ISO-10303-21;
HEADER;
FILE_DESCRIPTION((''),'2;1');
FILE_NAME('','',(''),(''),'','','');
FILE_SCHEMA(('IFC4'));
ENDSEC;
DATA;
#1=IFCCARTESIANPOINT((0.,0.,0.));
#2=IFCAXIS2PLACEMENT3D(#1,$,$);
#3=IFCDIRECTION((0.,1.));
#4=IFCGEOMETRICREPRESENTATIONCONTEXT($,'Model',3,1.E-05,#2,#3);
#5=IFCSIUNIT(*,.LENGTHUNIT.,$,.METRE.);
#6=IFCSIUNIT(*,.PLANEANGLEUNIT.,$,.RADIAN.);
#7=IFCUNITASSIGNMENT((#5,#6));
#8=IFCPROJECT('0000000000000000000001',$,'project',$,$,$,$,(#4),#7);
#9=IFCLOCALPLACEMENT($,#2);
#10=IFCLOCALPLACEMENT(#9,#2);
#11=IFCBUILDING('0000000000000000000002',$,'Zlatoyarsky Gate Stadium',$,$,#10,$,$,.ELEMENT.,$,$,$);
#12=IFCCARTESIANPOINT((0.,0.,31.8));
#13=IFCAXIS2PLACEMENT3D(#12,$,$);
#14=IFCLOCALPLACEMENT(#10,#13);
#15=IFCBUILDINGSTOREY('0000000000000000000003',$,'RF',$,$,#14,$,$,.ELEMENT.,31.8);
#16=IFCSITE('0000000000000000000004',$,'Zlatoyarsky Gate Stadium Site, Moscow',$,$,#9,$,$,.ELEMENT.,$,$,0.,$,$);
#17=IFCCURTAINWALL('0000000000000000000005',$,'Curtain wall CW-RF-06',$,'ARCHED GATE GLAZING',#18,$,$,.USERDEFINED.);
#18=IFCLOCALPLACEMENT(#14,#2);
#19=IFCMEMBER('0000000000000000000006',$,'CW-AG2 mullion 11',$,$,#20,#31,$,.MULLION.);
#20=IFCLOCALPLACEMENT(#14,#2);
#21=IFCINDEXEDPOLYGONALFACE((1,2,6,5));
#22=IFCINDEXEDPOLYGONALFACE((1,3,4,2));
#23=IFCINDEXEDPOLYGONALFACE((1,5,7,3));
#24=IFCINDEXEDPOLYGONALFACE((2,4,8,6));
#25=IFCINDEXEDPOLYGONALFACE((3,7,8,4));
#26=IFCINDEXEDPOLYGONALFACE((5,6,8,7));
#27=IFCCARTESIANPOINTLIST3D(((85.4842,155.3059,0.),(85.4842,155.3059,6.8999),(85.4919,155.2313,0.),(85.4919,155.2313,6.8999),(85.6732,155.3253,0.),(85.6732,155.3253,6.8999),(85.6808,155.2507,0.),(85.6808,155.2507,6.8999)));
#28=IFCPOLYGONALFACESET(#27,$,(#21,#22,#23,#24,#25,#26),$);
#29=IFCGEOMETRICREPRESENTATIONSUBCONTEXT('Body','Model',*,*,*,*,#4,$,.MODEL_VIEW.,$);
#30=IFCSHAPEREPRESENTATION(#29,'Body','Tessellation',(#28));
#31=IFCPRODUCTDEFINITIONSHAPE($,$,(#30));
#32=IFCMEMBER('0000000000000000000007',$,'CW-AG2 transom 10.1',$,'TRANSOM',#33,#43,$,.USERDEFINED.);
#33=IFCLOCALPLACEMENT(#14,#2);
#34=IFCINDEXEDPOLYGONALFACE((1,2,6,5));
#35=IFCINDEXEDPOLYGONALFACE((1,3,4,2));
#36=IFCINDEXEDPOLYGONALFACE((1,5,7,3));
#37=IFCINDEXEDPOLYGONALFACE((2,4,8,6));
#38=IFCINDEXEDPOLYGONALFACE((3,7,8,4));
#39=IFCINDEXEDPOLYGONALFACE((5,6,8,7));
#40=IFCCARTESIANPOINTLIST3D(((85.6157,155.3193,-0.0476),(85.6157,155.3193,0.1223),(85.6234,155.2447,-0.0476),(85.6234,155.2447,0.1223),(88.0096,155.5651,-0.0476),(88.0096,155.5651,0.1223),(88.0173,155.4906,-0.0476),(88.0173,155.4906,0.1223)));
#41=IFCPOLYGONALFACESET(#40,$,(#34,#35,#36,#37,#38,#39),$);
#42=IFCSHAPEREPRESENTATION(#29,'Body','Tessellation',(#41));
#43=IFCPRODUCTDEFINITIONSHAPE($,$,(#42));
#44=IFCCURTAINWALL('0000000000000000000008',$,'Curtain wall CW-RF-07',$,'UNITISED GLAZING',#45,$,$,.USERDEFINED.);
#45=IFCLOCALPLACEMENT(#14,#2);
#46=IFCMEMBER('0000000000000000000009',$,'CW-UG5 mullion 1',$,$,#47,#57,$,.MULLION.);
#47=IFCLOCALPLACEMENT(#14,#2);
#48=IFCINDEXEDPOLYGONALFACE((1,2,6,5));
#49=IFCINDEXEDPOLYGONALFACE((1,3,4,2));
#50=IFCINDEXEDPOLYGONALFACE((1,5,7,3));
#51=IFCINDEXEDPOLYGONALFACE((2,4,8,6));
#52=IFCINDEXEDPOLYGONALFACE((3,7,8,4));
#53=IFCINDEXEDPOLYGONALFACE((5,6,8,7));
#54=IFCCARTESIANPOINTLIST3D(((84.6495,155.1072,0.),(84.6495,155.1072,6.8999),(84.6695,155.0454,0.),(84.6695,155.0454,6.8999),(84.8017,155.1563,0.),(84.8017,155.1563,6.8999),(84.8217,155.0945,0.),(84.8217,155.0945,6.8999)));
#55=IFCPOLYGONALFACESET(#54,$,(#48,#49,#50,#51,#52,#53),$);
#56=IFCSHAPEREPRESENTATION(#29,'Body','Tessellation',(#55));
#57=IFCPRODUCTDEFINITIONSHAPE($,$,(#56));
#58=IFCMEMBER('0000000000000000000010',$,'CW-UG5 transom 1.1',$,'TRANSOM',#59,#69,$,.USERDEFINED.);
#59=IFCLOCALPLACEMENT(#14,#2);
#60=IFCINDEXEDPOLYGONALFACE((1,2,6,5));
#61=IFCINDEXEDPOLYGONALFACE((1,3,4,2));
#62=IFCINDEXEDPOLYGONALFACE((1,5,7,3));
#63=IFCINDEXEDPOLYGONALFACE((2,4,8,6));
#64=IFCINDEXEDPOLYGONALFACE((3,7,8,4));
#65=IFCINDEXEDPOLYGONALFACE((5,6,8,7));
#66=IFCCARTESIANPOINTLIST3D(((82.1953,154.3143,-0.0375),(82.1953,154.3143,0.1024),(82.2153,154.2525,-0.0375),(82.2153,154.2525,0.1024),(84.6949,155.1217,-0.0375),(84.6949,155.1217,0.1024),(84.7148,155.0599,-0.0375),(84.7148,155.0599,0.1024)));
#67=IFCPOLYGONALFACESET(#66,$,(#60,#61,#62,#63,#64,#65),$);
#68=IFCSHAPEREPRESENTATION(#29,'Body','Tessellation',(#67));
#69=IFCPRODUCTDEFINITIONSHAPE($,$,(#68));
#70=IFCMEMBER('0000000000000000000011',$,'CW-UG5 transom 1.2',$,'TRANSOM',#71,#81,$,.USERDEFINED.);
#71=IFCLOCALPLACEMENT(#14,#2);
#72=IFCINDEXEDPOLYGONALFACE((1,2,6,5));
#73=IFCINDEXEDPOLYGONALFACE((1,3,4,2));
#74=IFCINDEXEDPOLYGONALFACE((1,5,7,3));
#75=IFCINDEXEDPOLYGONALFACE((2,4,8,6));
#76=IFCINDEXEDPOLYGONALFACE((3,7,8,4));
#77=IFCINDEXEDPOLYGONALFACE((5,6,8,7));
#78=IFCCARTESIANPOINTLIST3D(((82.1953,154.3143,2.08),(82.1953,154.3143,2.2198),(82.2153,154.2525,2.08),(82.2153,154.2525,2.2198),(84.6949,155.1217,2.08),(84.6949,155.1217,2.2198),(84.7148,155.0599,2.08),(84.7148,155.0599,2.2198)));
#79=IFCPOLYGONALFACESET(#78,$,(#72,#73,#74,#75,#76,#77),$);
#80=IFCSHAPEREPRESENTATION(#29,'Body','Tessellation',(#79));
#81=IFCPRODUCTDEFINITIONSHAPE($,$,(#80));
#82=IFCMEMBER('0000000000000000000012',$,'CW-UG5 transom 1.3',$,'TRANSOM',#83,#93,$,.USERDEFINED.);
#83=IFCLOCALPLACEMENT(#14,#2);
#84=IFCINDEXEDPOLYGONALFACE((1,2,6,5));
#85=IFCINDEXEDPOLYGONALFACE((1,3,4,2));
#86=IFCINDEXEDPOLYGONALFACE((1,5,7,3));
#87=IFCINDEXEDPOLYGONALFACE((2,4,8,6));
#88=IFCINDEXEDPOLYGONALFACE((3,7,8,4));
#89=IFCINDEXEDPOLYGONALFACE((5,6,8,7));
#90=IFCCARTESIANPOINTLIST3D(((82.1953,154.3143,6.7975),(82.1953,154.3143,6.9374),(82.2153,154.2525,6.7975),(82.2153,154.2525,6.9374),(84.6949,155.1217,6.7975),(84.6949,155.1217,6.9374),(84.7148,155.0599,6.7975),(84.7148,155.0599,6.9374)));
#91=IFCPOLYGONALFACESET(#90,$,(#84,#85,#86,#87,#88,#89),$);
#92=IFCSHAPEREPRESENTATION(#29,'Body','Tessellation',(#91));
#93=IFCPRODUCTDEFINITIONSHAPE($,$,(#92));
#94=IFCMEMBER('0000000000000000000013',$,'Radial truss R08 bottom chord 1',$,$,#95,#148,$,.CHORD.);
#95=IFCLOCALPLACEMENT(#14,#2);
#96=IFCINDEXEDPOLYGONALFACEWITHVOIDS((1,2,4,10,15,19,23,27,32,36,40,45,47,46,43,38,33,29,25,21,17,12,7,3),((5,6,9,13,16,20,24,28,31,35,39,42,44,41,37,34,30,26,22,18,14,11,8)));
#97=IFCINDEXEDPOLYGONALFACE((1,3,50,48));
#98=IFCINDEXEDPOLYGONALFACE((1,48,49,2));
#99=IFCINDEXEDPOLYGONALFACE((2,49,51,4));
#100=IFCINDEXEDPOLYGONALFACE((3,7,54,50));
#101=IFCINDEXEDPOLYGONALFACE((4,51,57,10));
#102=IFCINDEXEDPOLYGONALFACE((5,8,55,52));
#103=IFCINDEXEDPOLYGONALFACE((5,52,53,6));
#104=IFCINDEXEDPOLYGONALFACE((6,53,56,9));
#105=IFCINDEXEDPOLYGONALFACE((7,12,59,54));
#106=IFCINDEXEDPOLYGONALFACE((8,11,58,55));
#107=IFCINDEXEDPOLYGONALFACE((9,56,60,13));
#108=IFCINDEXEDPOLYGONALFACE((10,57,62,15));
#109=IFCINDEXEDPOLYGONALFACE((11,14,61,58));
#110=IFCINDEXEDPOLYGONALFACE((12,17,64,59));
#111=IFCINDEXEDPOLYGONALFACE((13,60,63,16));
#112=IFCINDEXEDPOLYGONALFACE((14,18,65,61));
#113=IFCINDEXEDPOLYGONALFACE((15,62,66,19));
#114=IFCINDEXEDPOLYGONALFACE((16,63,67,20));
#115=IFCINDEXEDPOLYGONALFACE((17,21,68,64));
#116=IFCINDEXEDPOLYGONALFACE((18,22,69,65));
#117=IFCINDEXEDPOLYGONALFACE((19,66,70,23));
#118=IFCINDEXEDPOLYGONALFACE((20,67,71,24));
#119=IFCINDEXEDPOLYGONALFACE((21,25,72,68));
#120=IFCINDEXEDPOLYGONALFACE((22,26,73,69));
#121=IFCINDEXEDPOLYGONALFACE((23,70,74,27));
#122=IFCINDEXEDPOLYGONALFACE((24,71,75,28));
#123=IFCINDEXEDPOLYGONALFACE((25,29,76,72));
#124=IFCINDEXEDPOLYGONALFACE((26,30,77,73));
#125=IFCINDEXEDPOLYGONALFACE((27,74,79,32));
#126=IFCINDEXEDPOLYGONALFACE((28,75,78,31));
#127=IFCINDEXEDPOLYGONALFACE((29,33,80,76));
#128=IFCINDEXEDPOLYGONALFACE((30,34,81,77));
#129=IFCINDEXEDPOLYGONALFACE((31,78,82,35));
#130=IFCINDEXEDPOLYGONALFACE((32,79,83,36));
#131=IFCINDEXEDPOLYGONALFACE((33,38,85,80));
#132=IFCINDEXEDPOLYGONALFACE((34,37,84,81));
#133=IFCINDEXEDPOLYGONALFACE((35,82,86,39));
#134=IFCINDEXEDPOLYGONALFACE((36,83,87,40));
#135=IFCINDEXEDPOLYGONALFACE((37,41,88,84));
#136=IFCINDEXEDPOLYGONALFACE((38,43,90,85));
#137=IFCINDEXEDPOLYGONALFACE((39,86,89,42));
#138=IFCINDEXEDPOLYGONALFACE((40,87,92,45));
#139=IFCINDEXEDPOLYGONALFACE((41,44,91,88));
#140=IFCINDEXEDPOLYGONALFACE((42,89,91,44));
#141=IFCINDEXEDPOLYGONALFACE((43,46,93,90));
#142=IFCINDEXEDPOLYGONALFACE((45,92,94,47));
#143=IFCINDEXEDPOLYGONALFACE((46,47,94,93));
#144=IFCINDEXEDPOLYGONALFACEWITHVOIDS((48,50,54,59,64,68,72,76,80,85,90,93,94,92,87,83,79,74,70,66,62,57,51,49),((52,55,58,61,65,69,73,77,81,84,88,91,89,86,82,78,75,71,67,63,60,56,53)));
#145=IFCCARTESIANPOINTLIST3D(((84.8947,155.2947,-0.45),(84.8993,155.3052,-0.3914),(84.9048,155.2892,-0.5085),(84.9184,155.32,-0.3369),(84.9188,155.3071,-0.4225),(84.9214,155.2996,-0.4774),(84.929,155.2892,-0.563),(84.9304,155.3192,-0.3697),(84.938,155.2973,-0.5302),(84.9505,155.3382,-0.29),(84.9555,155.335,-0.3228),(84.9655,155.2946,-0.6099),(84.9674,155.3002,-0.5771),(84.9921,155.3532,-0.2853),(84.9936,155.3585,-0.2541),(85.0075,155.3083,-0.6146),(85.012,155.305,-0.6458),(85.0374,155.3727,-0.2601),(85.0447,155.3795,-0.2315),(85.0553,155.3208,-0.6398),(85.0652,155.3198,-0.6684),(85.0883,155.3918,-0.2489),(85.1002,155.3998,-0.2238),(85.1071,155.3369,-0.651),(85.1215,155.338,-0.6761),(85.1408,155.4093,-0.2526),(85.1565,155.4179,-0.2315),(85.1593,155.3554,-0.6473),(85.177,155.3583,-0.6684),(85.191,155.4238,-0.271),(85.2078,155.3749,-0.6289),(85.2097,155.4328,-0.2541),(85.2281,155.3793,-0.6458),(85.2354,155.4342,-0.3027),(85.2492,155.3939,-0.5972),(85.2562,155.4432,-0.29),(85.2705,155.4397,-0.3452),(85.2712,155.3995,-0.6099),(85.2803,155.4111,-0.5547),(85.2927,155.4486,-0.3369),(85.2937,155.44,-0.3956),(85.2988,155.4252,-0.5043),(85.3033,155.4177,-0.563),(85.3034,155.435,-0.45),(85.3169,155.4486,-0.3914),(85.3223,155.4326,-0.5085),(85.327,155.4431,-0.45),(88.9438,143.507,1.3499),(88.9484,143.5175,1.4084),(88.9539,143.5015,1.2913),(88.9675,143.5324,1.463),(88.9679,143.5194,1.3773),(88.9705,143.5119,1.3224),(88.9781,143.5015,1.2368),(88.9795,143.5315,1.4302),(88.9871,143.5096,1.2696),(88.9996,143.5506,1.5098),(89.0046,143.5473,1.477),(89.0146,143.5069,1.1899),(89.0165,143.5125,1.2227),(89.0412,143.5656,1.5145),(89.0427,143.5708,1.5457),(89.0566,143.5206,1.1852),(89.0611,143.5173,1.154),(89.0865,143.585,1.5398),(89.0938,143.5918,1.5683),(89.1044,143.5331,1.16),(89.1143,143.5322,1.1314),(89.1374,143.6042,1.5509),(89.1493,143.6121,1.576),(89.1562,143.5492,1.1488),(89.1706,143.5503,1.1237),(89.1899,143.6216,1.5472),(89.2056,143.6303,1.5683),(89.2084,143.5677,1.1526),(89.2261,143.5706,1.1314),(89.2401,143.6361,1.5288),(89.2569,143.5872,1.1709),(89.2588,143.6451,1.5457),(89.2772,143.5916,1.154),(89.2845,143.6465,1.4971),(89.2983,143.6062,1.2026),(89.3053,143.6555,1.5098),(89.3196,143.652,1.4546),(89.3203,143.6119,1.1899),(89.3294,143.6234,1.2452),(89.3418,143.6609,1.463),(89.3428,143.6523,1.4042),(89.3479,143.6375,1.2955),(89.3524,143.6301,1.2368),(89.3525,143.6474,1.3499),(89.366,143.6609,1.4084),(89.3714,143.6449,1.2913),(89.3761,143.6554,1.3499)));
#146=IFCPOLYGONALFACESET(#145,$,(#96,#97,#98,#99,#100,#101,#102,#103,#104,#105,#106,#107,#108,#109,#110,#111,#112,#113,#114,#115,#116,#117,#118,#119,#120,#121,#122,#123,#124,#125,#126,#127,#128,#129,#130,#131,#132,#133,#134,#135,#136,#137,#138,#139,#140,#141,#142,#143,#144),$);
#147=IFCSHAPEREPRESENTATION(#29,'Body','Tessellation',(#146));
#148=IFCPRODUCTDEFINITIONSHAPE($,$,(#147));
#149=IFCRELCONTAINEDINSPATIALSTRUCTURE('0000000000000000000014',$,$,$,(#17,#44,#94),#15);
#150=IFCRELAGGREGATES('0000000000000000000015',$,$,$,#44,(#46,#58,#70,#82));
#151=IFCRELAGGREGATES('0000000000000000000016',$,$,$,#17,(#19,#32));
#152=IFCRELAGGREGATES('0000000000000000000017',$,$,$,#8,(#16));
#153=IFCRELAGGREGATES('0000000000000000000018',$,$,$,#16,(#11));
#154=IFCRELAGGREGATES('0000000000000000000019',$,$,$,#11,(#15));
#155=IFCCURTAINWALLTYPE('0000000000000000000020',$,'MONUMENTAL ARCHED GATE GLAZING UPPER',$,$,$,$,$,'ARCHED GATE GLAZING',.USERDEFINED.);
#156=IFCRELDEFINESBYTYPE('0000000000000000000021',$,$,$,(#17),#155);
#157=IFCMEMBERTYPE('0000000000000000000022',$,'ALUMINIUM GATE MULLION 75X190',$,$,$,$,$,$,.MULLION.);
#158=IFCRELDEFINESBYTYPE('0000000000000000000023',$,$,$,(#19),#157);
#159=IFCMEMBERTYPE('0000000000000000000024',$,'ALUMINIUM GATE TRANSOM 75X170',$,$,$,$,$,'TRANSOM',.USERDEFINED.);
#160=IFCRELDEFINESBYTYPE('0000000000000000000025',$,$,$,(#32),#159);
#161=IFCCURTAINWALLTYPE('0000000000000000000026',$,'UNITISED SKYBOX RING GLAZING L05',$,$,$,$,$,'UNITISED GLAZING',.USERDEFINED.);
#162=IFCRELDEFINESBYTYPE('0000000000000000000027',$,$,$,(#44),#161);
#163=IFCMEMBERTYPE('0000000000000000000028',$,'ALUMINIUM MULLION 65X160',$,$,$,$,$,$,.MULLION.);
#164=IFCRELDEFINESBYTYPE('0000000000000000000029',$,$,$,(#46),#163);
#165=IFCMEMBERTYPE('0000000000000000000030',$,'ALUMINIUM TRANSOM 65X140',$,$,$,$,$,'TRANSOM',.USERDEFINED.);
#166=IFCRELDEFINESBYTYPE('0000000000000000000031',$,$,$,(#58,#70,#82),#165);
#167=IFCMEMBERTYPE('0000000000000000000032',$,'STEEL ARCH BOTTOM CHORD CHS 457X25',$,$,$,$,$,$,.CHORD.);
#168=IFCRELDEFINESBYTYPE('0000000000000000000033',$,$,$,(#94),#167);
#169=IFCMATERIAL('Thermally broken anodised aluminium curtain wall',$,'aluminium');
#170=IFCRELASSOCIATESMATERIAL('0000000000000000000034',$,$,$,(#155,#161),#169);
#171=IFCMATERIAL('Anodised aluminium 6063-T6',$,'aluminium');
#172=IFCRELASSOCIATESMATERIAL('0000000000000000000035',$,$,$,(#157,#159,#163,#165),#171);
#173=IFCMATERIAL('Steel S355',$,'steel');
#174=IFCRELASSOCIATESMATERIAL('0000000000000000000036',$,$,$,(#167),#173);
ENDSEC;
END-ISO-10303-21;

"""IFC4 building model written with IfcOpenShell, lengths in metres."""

from ifc_helpers import new_model, si_unit, direction, frame, origin, origin_2d, place, context, subcontext, project, spatial, rectangle, hollow_circle, extrude, material, material_profile, profile_set, type_object, element, aggregate, save


model = new_model("IFC4")

# Units and contexts
model_context = context("Model", 3, precision=1e-05, world=origin(), true_north=direction((0.0, 1.0)))
body_context = subcontext(model_context, "Body", "Model", "MODEL_VIEW")
ifc_project = project(units=[si_unit("LENGTHUNIT", "METRE"), si_unit("PLANEANGLEUNIT", "RADIAN")], contexts=[model_context])

# Site, building, storey
site_placement = place(None, origin())
site = spatial("IfcSite", under=ifc_project, at=site_placement, Name="Zlatoyarsky Gate Stadium Site, Moscow", CompositionType="ELEMENT", RefElevation=0.0)
building_placement = place(site_placement, origin())
building = spatial("IfcBuilding", under=site, at=building_placement, Name="Zlatoyarsky Gate Stadium", CompositionType="ELEMENT")
storey_placement = place(building_placement, frame((0.0, 0.0, 31.8)))
storey = spatial("IfcBuildingStorey", under=building, at=storey_placement, Name="RF", CompositionType="ELEMENT", Elevation=31.8)

# Curtain walls, members
ifc_material_1 = material(Name="Thermally broken anodised aluminium curtain wall", Category="aluminium")
curtain_wall_type_1 = type_object("IfcCurtainWallType", Name="MONUMENTAL ARCHED GATE GLAZING UPPER", ElementType="ARCHED GATE GLAZING", PredefinedType="USERDEFINED", material=ifc_material_1)
curtain_wall_1_placement = place(storey_placement, origin())
curtain_wall_1 = element("IfcCurtainWall", 1, at=curtain_wall_1_placement, inside=storey, type_object=curtain_wall_type_1, Name="Curtain wall CW-RF-06", ObjectType="ARCHED GATE GLAZING", PredefinedType="USERDEFINED")
ifc_material_2 = material(Name="Anodised aluminium 6063-T6", Category="aluminium")
ifc_material_profile_1 = material_profile(ifc_material_2, rectangle(XDim=0.075, YDim=0.1899, at=origin_2d()), Name="ALU 75X190")
ifc_profile_set_1 = profile_set([ifc_material_profile_1], Name="Anodised aluminium 6063-T6")
member_type_1 = type_object("IfcMemberType", Name="ALUMINIUM GATE MULLION 75X190", PredefinedType="MULLION", material=ifc_profile_set_1)
member_1_placement = place(storey_placement, frame((85.5825, 155.2783, 0.0), z_axis=(0.0, 0.0, 1.0), x_axis=(0.102125, -0.994772, 0.0)))
member_1 = element("IfcMember", 2, at=member_1_placement, type_object=member_type_1, Name="CW-AG2 mullion 11", PredefinedType="MULLION", context=body_context, shape_type="SweptSolid", body=[
    extrude(rectangle(XDim=0.075, YDim=0.1899, at=origin_2d()), origin(), (0.0, 0.0, 1.0), 6.8999),
])
ifc_material_profile_2 = material_profile(ifc_material_2, rectangle(XDim=0.075, YDim=0.1699, at=origin_2d()), Name="ALU 75X170")
ifc_profile_set_2 = profile_set([ifc_material_profile_2], Name="Anodised aluminium 6063-T6")
member_type_2 = type_object("IfcMemberType", Name="ALUMINIUM GATE TRANSOM 75X170", ElementType="TRANSOM", PredefinedType="USERDEFINED", material=ifc_profile_set_2)
member_2_placement = place(storey_placement, frame((88.0134, 155.5278, 0.0374), z_axis=(-0.994767, -0.102165, 0.0), x_axis=(0.102165, -0.994767, 0.0)))
member_2 = element("IfcMember", 3, at=member_2_placement, type_object=member_type_2, Name="CW-AG2 transom 10.1", ObjectType="TRANSOM", PredefinedType="USERDEFINED", context=body_context, shape_type="SweptSolid", body=[
    extrude(rectangle(XDim=0.075, YDim=0.1699, at=origin_2d()), origin(), (0.0, 0.0, 1.0), 2.4065),
])
curtain_wall_type_2 = type_object("IfcCurtainWallType", Name="UNITISED SKYBOX RING GLAZING L05", ElementType="UNITISED GLAZING", PredefinedType="USERDEFINED", material=ifc_material_1)
curtain_wall_2_placement = place(storey_placement, origin())
curtain_wall_2 = element("IfcCurtainWall", 4, at=curtain_wall_2_placement, inside=storey, type_object=curtain_wall_type_2, Name="Curtain wall CW-RF-07", ObjectType="UNITISED GLAZING", PredefinedType="USERDEFINED")
ifc_material_profile_3 = material_profile(ifc_material_2, rectangle(XDim=0.0649, YDim=0.1599, at=origin_2d()), Name="ALU 65X160")
ifc_profile_set_3 = profile_set([ifc_material_profile_3], Name="Anodised aluminium 6063-T6")
member_type_3 = type_object("IfcMemberType", Name="ALUMINIUM MULLION 65X160", PredefinedType="MULLION", material=ifc_profile_set_3)
member_3_placement = place(storey_placement, frame((84.7356, 155.1008, 0.0), z_axis=(0.0, 0.0, 1.0), x_axis=(0.307352, -0.951596, 0.0)))
member_3 = element("IfcMember", 5, at=member_3_placement, type_object=member_type_3, Name="CW-UG5 mullion 1", PredefinedType="MULLION", context=body_context, shape_type="SweptSolid", body=[
    extrude(rectangle(XDim=0.0649, YDim=0.1599, at=origin_2d()), origin(), (0.0, 0.0, 1.0), 6.8999),
])
ifc_material_profile_4 = material_profile(ifc_material_2, rectangle(XDim=0.0649, YDim=0.1399, at=origin_2d()), Name="ALU 65X140")
ifc_profile_set_4 = profile_set([ifc_material_profile_4], Name="Anodised aluminium 6063-T6")
member_type_4 = type_object("IfcMemberType", Name="ALUMINIUM TRANSOM 65X140", ElementType="TRANSOM", PredefinedType="USERDEFINED", material=ifc_profile_set_4)
member_4_placement = place(storey_placement, frame((84.7048, 155.0908, 0.0325), z_axis=(-0.951589, -0.307375, 0.0), x_axis=(0.307375, -0.951589, 0.0)))
member_4 = element("IfcMember", 6, at=member_4_placement, type_object=member_type_4, Name="CW-UG5 transom 1.1", ObjectType="TRANSOM", PredefinedType="USERDEFINED", context=body_context, shape_type="SweptSolid", body=[
    extrude(rectangle(XDim=0.0649, YDim=0.1399, at=origin_2d()), origin(), (0.0, 0.0, 1.0), 2.6267),
])
member_5_placement = place(storey_placement, frame((84.7048, 155.0908, 2.1499), z_axis=(-0.951589, -0.307375, 0.0), x_axis=(0.307375, -0.951589, 0.0)))
member_5 = element("IfcMember", 7, at=member_5_placement, type_object=member_type_4, Name="CW-UG5 transom 1.2", ObjectType="TRANSOM", PredefinedType="USERDEFINED", context=body_context, shape_type="SweptSolid", body=[
    extrude(rectangle(XDim=0.0649, YDim=0.1399, at=origin_2d()), origin(), (0.0, 0.0, 1.0), 2.6267),
])
member_6_placement = place(storey_placement, frame((84.7048, 155.0908, 6.8674), z_axis=(-0.951589, -0.307375, 0.0), x_axis=(0.307375, -0.951589, 0.0)))
member_6 = element("IfcMember", 8, at=member_6_placement, type_object=member_type_4, Name="CW-UG5 transom 1.3", ObjectType="TRANSOM", PredefinedType="USERDEFINED", context=body_context, shape_type="SweptSolid", body=[
    extrude(rectangle(XDim=0.0649, YDim=0.1399, at=origin_2d()), origin(), (0.0, 0.0, 1.0), 2.6267),
])
aggregate(curtain_wall_2, [member_3, member_4, member_5, member_6])

# Member
ifc_material_3 = material(Name="Steel S355", Category="steel")
ifc_material_profile_5 = material_profile(ifc_material_3, hollow_circle(Radius=0.2285, WallThickness=0.0249, at=origin_2d()), Name="CHS 457X25")
ifc_profile_set_5 = profile_set([ifc_material_profile_5], Name="Steel S355")
member_type_5 = type_object("IfcMemberType", Name="STEEL ARCH BOTTOM CHORD CHS 457X25", PredefinedType="CHORD", material=ifc_profile_set_5)
member_7_placement = place(storey_placement, frame((85.1108, 155.3689, -0.45), z_axis=(0.321536, -0.936049, 0.142922), x_axis=(0.945758, 0.324871, 0.0)))
element("IfcMember", 9, at=member_7_placement, inside=storey, type_object=member_type_5, Name="Radial truss R08 bottom chord 1", PredefinedType="CHORD", context=body_context, shape_type="SweptSolid", body=[
    extrude(hollow_circle(Radius=0.2285, WallThickness=0.0249, at=origin_2d()), origin(), (0.0, 0.0, 1.0), 12.593),
])

aggregate(curtain_wall_1, [member_1, member_2])

save(model, "model.ifc")
